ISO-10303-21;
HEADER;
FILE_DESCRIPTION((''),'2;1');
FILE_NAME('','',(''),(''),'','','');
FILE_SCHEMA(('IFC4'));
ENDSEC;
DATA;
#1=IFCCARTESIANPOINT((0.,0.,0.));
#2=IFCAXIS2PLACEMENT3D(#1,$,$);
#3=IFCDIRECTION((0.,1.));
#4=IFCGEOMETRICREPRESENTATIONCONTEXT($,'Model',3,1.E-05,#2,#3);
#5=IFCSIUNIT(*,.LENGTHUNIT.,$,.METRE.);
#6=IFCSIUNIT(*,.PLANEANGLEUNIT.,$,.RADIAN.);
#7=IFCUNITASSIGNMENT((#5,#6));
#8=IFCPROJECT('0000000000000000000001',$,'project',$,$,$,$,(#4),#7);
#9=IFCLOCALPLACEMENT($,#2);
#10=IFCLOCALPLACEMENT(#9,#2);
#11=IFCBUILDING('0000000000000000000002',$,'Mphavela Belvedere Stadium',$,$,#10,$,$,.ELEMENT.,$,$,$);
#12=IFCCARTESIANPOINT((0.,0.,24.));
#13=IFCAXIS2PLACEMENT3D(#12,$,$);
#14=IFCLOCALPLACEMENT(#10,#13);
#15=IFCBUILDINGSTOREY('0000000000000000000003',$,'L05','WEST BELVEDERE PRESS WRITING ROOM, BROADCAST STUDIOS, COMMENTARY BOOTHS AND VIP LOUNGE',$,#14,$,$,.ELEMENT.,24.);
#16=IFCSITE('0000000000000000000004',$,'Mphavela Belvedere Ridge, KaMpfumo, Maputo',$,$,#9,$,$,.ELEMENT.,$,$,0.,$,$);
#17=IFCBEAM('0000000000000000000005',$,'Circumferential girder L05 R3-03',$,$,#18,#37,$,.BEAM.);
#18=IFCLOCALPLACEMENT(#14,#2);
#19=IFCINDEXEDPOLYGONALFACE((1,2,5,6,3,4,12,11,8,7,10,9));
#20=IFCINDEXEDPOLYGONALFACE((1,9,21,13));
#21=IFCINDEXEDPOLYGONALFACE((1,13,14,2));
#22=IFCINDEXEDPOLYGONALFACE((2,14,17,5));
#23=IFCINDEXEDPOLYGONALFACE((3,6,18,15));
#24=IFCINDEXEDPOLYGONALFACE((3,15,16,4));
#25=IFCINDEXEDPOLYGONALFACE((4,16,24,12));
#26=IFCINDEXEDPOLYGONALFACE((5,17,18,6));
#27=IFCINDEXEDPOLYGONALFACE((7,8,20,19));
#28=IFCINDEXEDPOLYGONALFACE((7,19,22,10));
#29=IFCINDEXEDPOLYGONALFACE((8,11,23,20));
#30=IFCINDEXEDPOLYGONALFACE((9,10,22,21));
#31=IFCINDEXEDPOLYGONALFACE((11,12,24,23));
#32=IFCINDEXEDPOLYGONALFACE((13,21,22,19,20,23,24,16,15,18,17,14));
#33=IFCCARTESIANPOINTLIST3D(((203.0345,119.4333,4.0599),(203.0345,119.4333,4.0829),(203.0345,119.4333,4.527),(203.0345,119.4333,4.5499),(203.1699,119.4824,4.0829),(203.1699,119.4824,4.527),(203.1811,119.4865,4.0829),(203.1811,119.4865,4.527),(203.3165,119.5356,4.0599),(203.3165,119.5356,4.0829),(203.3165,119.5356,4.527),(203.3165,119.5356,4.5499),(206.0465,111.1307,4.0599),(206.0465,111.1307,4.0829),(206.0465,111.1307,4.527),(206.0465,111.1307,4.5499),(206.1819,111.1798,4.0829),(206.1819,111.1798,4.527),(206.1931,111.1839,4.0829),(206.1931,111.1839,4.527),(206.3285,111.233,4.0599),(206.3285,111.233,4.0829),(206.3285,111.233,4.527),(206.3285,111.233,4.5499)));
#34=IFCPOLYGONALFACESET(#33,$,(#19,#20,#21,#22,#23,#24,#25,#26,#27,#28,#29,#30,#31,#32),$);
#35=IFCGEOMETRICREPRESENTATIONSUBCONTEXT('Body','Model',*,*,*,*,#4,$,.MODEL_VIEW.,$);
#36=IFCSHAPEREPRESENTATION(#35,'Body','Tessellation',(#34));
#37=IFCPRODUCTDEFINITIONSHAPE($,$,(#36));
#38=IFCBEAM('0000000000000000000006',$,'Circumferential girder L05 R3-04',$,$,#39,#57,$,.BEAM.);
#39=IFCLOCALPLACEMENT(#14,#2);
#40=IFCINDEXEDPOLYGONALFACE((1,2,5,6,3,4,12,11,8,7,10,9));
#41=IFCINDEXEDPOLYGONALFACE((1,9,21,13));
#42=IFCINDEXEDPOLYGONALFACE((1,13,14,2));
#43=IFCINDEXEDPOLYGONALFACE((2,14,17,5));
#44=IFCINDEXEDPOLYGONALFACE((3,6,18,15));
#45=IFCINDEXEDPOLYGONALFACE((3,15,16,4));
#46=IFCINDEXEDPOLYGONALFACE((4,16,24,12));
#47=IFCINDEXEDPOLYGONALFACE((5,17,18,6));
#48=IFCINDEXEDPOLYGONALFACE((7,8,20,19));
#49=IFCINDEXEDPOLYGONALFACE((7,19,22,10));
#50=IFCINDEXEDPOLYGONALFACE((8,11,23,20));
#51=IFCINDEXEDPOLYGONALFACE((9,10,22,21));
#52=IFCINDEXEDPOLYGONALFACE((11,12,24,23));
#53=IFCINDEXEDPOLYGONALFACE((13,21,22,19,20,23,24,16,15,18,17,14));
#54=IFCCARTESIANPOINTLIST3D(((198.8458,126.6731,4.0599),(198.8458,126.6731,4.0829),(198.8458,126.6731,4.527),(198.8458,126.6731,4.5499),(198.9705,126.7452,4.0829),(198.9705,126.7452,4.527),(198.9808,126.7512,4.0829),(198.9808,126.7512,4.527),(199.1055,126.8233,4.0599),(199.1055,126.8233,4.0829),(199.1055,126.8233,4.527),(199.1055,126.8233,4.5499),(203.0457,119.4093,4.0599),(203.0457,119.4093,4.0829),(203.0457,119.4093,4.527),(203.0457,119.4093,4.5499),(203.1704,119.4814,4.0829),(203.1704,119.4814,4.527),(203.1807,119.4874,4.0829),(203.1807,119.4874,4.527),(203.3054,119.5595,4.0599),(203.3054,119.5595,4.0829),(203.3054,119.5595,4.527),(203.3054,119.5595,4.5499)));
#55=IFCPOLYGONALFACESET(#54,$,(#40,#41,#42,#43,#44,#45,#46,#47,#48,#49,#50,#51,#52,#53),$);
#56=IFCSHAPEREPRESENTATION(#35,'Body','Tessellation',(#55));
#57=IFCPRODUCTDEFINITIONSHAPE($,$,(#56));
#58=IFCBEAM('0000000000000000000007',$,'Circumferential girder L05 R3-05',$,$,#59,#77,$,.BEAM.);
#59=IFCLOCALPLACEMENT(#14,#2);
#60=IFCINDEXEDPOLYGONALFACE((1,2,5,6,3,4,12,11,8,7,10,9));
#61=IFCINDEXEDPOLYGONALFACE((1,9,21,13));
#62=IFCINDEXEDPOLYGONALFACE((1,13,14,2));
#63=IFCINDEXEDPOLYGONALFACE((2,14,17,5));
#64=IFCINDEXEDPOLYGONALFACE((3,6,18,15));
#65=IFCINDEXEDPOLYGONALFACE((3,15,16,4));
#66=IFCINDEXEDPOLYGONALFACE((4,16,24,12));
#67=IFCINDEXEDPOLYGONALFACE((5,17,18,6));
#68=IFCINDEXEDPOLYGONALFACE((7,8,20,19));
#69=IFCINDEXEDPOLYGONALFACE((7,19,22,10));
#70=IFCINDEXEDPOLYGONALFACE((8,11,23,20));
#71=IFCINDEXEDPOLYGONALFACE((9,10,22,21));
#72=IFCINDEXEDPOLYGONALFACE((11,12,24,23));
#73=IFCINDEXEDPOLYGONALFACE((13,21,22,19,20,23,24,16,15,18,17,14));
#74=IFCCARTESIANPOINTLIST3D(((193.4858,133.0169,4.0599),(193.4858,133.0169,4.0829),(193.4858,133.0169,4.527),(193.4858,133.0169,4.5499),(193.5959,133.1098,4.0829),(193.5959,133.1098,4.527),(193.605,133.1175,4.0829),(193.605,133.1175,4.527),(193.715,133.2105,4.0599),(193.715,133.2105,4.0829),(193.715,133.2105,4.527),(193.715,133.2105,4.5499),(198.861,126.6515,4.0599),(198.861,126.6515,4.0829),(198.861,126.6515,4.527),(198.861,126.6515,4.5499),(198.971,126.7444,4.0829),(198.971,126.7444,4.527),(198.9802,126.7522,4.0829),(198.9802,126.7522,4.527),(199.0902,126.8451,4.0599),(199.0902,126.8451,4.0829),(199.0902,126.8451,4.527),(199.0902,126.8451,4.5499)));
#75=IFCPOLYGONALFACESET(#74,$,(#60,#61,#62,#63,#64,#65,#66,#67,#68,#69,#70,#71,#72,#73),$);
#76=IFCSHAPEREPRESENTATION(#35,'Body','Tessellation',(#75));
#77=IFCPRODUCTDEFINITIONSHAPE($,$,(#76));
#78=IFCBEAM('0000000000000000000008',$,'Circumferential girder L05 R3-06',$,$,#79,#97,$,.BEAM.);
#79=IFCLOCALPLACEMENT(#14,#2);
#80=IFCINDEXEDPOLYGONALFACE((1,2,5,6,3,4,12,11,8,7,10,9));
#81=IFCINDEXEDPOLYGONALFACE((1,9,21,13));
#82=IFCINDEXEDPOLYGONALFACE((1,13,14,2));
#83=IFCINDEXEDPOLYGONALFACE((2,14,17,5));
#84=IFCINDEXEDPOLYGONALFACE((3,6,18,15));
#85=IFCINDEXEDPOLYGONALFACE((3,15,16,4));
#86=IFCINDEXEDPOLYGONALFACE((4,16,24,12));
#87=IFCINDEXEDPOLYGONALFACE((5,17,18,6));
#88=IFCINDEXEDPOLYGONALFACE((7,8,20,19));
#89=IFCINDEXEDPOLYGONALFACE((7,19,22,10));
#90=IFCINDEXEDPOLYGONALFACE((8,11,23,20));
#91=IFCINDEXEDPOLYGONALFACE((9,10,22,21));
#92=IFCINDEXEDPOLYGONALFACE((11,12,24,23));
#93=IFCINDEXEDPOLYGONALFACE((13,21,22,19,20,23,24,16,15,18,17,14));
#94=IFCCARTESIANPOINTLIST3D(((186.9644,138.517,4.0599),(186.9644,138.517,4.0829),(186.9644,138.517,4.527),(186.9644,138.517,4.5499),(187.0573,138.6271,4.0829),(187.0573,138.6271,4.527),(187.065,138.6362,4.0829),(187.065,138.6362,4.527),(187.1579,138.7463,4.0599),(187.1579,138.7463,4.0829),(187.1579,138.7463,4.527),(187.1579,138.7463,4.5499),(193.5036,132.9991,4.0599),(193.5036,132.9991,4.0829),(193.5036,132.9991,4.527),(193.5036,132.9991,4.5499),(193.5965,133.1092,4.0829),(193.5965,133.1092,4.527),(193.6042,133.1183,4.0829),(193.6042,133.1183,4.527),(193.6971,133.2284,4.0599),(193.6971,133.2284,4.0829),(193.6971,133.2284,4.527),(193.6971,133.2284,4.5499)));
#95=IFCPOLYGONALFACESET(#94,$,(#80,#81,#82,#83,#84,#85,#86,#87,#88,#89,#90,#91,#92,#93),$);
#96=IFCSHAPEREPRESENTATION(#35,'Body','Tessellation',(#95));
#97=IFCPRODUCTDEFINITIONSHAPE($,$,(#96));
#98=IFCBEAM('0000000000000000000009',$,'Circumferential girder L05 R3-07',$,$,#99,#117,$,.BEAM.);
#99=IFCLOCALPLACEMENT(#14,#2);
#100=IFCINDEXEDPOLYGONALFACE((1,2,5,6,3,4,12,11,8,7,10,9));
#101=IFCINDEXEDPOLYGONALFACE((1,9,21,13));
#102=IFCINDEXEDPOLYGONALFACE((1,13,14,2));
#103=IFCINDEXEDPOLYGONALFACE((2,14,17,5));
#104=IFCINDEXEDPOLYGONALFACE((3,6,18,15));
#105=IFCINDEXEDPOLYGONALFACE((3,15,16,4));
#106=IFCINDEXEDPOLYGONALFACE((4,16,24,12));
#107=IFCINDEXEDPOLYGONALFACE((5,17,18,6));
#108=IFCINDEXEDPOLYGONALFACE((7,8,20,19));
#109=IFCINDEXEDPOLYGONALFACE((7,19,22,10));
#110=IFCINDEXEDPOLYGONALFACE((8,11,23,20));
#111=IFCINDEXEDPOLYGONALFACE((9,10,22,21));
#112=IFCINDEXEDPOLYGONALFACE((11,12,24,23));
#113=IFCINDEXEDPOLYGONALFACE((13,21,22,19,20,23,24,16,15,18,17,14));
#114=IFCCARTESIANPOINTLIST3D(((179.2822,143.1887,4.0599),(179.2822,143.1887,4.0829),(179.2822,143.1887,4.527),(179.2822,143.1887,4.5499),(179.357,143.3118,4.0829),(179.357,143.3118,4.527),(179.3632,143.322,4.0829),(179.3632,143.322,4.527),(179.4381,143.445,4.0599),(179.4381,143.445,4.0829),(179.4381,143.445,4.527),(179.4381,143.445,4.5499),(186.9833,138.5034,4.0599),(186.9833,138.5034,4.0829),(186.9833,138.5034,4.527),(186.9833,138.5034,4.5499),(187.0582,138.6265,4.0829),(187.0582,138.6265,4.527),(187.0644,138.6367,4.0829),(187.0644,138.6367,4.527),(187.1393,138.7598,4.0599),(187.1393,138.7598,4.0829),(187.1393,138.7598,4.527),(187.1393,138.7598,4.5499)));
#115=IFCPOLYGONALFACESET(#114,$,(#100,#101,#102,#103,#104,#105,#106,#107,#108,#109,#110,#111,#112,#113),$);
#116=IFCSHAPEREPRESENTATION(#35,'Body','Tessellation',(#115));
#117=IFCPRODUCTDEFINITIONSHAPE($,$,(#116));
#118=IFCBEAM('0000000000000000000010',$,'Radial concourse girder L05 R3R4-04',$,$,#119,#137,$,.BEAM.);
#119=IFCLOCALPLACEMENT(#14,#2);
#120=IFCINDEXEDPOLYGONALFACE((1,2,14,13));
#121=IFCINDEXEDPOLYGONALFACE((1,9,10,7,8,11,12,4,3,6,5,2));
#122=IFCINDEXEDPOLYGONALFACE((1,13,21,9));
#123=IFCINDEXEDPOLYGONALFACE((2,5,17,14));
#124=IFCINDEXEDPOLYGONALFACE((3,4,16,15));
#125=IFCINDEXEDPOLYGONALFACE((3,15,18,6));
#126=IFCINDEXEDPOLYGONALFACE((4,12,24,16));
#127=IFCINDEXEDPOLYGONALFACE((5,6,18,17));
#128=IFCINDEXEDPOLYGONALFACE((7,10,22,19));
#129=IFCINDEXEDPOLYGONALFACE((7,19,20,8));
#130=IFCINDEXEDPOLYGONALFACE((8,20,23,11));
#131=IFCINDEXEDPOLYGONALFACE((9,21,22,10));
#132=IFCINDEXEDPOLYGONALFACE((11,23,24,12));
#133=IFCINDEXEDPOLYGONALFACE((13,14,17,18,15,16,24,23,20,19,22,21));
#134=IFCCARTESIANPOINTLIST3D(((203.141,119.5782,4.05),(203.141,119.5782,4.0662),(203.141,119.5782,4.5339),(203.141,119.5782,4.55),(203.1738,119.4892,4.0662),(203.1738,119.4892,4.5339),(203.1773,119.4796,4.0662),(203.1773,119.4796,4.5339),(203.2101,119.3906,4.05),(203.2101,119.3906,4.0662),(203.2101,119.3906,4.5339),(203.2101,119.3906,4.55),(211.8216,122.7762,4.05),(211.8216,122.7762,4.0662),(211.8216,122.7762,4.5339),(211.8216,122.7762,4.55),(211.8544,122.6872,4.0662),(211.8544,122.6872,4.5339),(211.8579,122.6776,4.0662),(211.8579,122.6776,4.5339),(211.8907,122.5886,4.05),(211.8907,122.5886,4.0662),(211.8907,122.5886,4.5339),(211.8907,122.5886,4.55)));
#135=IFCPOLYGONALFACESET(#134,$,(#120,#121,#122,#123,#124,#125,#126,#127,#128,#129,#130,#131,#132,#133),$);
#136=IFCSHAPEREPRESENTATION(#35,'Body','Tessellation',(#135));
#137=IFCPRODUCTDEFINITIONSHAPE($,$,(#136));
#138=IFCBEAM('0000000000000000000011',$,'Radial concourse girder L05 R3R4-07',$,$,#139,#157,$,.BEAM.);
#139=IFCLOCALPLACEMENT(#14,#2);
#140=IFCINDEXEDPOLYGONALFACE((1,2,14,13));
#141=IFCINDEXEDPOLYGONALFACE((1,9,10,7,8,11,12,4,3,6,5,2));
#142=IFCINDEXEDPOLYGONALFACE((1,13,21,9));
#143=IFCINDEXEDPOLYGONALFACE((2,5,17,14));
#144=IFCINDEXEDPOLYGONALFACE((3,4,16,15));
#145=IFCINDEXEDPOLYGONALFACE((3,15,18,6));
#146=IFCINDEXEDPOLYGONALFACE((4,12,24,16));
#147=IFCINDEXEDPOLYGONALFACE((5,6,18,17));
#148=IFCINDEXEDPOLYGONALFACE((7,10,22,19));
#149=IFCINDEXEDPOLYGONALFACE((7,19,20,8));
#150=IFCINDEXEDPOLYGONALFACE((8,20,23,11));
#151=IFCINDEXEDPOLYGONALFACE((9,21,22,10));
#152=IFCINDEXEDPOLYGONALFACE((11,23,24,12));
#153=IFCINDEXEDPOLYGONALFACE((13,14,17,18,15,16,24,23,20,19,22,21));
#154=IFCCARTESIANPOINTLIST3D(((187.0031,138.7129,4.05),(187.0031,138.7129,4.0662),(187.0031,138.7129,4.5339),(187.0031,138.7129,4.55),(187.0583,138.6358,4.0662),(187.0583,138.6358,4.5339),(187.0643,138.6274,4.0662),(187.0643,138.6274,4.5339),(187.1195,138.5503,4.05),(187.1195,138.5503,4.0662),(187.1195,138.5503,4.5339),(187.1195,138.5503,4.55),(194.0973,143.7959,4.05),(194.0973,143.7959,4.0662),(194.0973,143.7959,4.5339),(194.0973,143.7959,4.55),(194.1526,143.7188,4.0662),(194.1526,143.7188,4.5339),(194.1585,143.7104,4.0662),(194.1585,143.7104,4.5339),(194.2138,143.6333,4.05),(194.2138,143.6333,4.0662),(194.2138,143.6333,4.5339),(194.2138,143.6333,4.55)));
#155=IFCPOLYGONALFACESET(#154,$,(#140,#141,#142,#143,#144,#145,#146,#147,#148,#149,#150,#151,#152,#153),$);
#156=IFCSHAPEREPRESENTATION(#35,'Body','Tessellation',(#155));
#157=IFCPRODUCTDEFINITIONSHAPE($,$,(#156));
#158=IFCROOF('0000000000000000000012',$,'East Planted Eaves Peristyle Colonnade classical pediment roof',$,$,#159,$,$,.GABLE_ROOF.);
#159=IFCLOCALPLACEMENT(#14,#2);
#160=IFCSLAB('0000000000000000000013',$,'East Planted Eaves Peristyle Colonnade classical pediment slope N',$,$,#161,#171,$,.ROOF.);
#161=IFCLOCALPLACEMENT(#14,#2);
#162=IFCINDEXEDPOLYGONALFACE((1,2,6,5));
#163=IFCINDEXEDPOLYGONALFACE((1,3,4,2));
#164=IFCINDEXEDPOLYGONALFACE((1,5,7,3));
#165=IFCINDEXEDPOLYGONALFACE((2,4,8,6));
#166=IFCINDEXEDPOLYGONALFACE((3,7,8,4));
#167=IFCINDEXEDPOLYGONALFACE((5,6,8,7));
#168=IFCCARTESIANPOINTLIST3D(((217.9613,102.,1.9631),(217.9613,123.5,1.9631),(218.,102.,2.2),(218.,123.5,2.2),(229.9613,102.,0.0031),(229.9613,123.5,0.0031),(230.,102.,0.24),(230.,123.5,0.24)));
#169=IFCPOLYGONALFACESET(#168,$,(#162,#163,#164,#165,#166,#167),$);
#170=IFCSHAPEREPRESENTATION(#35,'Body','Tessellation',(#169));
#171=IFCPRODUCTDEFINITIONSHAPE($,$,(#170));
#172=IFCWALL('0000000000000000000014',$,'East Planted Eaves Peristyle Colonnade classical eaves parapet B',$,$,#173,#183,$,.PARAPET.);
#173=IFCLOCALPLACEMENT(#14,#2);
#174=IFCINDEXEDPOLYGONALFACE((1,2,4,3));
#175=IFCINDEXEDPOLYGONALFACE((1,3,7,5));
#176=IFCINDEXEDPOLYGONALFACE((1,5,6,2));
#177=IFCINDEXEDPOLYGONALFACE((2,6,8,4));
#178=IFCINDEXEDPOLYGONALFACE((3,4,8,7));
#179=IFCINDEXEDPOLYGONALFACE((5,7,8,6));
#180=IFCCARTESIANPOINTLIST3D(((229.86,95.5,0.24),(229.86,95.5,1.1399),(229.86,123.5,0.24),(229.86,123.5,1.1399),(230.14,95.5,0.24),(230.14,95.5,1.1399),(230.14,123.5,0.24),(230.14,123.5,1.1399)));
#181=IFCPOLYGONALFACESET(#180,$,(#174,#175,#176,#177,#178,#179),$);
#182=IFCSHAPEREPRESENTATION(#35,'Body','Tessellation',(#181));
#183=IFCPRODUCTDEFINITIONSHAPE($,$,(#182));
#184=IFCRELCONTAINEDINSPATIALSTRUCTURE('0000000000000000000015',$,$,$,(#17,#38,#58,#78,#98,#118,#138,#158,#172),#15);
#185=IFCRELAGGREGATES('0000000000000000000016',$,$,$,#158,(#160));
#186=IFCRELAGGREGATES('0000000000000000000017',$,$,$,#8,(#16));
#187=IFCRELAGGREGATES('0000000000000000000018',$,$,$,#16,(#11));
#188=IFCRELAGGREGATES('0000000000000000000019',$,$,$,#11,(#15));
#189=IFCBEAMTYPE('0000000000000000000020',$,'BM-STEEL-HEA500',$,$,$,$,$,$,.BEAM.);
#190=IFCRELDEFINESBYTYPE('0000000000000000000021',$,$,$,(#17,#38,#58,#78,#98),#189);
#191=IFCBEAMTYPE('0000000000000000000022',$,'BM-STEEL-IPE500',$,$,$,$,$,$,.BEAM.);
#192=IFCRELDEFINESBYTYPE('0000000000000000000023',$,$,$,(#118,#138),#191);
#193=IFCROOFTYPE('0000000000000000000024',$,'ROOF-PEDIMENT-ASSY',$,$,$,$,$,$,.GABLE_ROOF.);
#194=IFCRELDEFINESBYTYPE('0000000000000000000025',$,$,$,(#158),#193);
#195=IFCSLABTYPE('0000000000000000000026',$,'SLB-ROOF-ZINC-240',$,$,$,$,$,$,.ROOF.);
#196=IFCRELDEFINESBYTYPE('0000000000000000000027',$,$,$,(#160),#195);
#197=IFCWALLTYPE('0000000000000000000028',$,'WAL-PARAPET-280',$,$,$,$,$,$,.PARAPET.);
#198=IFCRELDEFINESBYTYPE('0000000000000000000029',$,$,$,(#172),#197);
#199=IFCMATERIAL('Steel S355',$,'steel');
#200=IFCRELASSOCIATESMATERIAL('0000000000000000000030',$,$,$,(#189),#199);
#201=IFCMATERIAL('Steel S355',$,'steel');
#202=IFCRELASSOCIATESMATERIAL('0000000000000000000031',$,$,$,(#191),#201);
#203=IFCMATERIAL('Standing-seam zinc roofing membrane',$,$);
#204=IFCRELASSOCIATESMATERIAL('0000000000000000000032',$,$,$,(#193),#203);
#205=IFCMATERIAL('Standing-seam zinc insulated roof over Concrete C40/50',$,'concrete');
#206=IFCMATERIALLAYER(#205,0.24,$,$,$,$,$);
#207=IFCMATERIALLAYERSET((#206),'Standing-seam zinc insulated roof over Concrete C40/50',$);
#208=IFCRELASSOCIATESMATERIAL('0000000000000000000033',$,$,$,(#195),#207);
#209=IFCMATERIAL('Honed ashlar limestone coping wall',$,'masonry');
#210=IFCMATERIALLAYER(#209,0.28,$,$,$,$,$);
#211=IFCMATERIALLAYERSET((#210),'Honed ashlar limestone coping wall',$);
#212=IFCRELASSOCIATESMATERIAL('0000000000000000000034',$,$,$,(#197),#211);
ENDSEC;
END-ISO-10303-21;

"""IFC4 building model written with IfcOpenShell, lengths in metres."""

from ifc_helpers import new_model, si_unit, direction, frame, frame_2d, origin, origin_2d, place, context, subcontext, project, spatial, polyline, rectangle, i_section, outline, extrude, material, layer, layer_set, material_profile, profile_set, type_object, element, aggregate, save


model = new_model("IFC4")

# Units and contexts
model_context = context("Model", 3, precision=1e-05, world=origin(), true_north=direction((0.0, 1.0)))
body_context = subcontext(model_context, "Body", "Model", "MODEL_VIEW")
ifc_project = project(units=[si_unit("LENGTHUNIT", "METRE"), si_unit("PLANEANGLEUNIT", "RADIAN")], contexts=[model_context])

# Site, building, storey
site_placement = place(None, origin())
site = spatial("IfcSite", under=ifc_project, at=site_placement, Name="Mphavela Belvedere Ridge, KaMpfumo, Maputo", CompositionType="ELEMENT", RefElevation=0.0)
building_placement = place(site_placement, origin())
building = spatial("IfcBuilding", under=site, at=building_placement, Name="Mphavela Belvedere Stadium", CompositionType="ELEMENT")
storey_placement = place(building_placement, frame((0.0, 0.0, 24.0)))
storey = spatial("IfcBuildingStorey", under=building, at=storey_placement, Name="L05", Description="WEST BELVEDERE PRESS WRITING ROOM, BROADCAST STUDIOS, COMMENTARY BOOTHS AND VIP LOUNGE", CompositionType="ELEMENT", Elevation=24.0)

# Beams
ifc_material_1 = material(Name="Steel S355", Category="steel")
ifc_material_profile_1 = material_profile(ifc_material_1, i_section(OverallWidth=0.3, OverallDepth=0.49, WebThickness=0.012, FlangeThickness=0.0229, at=origin_2d()), Name="HEA 500")
ifc_profile_set_1 = profile_set([ifc_material_profile_1], Name="Steel S355")
beam_type_1 = type_object("IfcBeamType", Name="BM-STEEL-HEA500", PredefinedType="BEAM", material=ifc_profile_set_1)
beam_1_placement = place(storey_placement, frame((206.1875, 111.1819, 4.3049), z_axis=(-0.341031, 0.940052, 0.0), x_axis=(-0.940052, -0.341031, 0.0)))
element("IfcBeam", 1, at=beam_1_placement, inside=storey, type_object=beam_type_1, Name="Circumferential girder L05 R3-03", PredefinedType="BEAM", context=body_context, shape_type="SweptSolid", body=[
    extrude(i_section(OverallWidth=0.3, OverallDepth=0.49, WebThickness=0.012, FlangeThickness=0.0229, at=origin_2d()), origin(), (0.0, 0.0, 1.0), 8.832),
])
beam_2_placement = place(storey_placement, frame((203.1755, 119.4844, 4.3049), z_axis=(-0.500548, 0.865709, 0.0), x_axis=(-0.865709, -0.500548, 0.0)))
element("IfcBeam", 2, at=beam_2_placement, inside=storey, type_object=beam_type_1, Name="Circumferential girder L05 R3-04", PredefinedType="BEAM", context=body_context, shape_type="SweptSolid", body=[
    extrude(i_section(OverallWidth=0.3, OverallDepth=0.49, WebThickness=0.012, FlangeThickness=0.0229, at=origin_2d()), origin(), (0.0, 0.0, 1.0), 8.3906),
])
beam_3_placement = place(storey_placement, frame((198.9756, 126.7483, 4.3049), z_axis=(-0.645177, 0.764033, 0.0), x_axis=(-0.764033, -0.645177, 0.0)))
element("IfcBeam", 3, at=beam_3_placement, inside=storey, type_object=beam_type_1, Name="Circumferential girder L05 R3-05", PredefinedType="BEAM", context=body_context, shape_type="SweptSolid", body=[
    extrude(i_section(OverallWidth=0.3, OverallDepth=0.49, WebThickness=0.012, FlangeThickness=0.0229, at=origin_2d()), origin(), (0.0, 0.0, 1.0), 8.3313),
])
beam_4_placement = place(storey_placement, frame((193.6003, 133.1138, 4.3049), z_axis=(-0.764263, 0.644904, 0.0), x_axis=(-0.644904, -0.764263, 0.0)))
element("IfcBeam", 4, at=beam_4_placement, inside=storey, type_object=beam_type_1, Name="Circumferential girder L05 R3-06", PredefinedType="BEAM", context=body_context, shape_type="SweptSolid", body=[
    extrude(i_section(OverallWidth=0.3, OverallDepth=0.49, WebThickness=0.012, FlangeThickness=0.0229, at=origin_2d()), origin(), (0.0, 0.0, 1.0), 8.5562),
])
beam_5_placement = place(storey_placement, frame((187.0613, 138.6316, 4.3049), z_axis=(-0.854315, 0.519755, 0.0), x_axis=(-0.519755, -0.854315, 0.0)))
element("IfcBeam", 5, at=beam_5_placement, inside=storey, type_object=beam_type_1, Name="Circumferential girder L05 R3-07", PredefinedType="BEAM", context=body_context, shape_type="SweptSolid", body=[
    extrude(i_section(OverallWidth=0.3, OverallDepth=0.49, WebThickness=0.012, FlangeThickness=0.0229, at=origin_2d()), origin(), (0.0, 0.0, 1.0), 9.0144),
])
ifc_material_2 = material(Name="Steel S355", Category="steel")
ifc_material_profile_2 = material_profile(ifc_material_2, i_section(OverallWidth=0.2, OverallDepth=0.5, WebThickness=0.0103, FlangeThickness=0.0161, at=origin_2d()), Name="IPE 500")
ifc_profile_set_2 = profile_set([ifc_material_profile_2], Name="Steel S355")
beam_type_2 = type_object("IfcBeamType", Name="BM-STEEL-IPE500", PredefinedType="BEAM", material=ifc_profile_set_2)
beam_6_placement = place(storey_placement, frame((203.1755, 119.4844, 4.3), z_axis=(0.938348, 0.345692, 0.0), x_axis=(-0.345692, 0.938348, 0.0)))
element("IfcBeam", 6, at=beam_6_placement, inside=storey, type_object=beam_type_2, Name="Radial concourse girder L05 R3R4-04", PredefinedType="BEAM", context=body_context, shape_type="SweptSolid", body=[
    extrude(i_section(OverallWidth=0.2, OverallDepth=0.5, WebThickness=0.0103, FlangeThickness=0.0161, at=origin_2d()), origin(), (0.0, 0.0, 1.0), 9.251),
])
beam_7_placement = place(storey_placement, frame((187.0613, 138.6316, 4.3), z_axis=(0.812882, 0.582428, 0.0), x_axis=(-0.582428, 0.812882, 0.0)))
element("IfcBeam", 7, at=beam_7_placement, inside=storey, type_object=beam_type_2, Name="Radial concourse girder L05 R3R4-07", PredefinedType="BEAM", context=body_context, shape_type="SweptSolid", body=[
    extrude(i_section(OverallWidth=0.2, OverallDepth=0.5, WebThickness=0.0103, FlangeThickness=0.0161, at=origin_2d()), origin(), (0.0, 0.0, 1.0), 8.7273),
])

# Roof, slab
ifc_material_3 = material(Name="Standing-seam zinc roofing membrane")
roof_type = type_object("IfcRoofType", Name="ROOF-PEDIMENT-ASSY", PredefinedType="GABLE_ROOF", material=ifc_material_3)
roof_placement = place(storey_placement, origin())
roof = element("IfcRoof", 8, at=roof_placement, inside=storey, type_object=roof_type, Name="East Planted Eaves Peristyle Colonnade classical pediment roof", PredefinedType="GABLE_ROOF")
ifc_material_4 = material(Name="Standing-seam zinc insulated roof over Concrete C40/50", Category="concrete")
ifc_layer_1 = layer(ifc_material_4, 0.24)
ifc_layer_set_1 = layer_set([ifc_layer_1], Name="Standing-seam zinc insulated roof over Concrete C40/50")
slab_type = type_object("IfcSlabType", Name="SLB-ROOF-ZINC-240", PredefinedType="ROOF", material=ifc_layer_set_1)
slab_placement = place(storey_placement, frame((218.0, 102.0, 2.2), z_axis=(0.161194, 0.0, 0.986923), x_axis=(0.986923, 0.0, -0.161194)))
slab = element("IfcSlab", 9, at=slab_placement, type_object=slab_type, Name="East Planted Eaves Peristyle Colonnade classical pediment slope N", PredefinedType="ROOF", context=body_context, shape_type="SweptSolid", body=[
    extrude(outline(polyline([(0.0, 0.0), (12.159, 0.0), (12.159, 21.5), (0.0, 21.5), (0.0, 0.0)])), origin(), (0.0, 0.0, -1.0), 0.24),
])
aggregate(roof, [slab])

# Wall
ifc_material_5 = material(Name="Honed ashlar limestone coping wall", Category="masonry")
ifc_layer_2 = layer(ifc_material_5, 0.28)
ifc_layer_set_2 = layer_set([ifc_layer_2], Name="Honed ashlar limestone coping wall")
wall_type = type_object("IfcWallType", Name="WAL-PARAPET-280", PredefinedType="PARAPET", material=ifc_layer_set_2)
wall_placement = place(storey_placement, frame((230.0, 95.5, 0.24), z_axis=(0.0, 0.0, 1.0), x_axis=(0.0, 1.0, 0.0)))
element("IfcWall", 10, at=wall_placement, inside=storey, type_object=wall_type, Name="East Planted Eaves Peristyle Colonnade classical eaves parapet B", PredefinedType="PARAPET", context=body_context, shape_type="SweptSolid", body=[
    extrude(rectangle(XDim=28.0, YDim=0.28, at=frame_2d((14.0, 0.0))), origin(), (0.0, 0.0, 1.0), 0.8999),
])

save(model, "model.ifc")
